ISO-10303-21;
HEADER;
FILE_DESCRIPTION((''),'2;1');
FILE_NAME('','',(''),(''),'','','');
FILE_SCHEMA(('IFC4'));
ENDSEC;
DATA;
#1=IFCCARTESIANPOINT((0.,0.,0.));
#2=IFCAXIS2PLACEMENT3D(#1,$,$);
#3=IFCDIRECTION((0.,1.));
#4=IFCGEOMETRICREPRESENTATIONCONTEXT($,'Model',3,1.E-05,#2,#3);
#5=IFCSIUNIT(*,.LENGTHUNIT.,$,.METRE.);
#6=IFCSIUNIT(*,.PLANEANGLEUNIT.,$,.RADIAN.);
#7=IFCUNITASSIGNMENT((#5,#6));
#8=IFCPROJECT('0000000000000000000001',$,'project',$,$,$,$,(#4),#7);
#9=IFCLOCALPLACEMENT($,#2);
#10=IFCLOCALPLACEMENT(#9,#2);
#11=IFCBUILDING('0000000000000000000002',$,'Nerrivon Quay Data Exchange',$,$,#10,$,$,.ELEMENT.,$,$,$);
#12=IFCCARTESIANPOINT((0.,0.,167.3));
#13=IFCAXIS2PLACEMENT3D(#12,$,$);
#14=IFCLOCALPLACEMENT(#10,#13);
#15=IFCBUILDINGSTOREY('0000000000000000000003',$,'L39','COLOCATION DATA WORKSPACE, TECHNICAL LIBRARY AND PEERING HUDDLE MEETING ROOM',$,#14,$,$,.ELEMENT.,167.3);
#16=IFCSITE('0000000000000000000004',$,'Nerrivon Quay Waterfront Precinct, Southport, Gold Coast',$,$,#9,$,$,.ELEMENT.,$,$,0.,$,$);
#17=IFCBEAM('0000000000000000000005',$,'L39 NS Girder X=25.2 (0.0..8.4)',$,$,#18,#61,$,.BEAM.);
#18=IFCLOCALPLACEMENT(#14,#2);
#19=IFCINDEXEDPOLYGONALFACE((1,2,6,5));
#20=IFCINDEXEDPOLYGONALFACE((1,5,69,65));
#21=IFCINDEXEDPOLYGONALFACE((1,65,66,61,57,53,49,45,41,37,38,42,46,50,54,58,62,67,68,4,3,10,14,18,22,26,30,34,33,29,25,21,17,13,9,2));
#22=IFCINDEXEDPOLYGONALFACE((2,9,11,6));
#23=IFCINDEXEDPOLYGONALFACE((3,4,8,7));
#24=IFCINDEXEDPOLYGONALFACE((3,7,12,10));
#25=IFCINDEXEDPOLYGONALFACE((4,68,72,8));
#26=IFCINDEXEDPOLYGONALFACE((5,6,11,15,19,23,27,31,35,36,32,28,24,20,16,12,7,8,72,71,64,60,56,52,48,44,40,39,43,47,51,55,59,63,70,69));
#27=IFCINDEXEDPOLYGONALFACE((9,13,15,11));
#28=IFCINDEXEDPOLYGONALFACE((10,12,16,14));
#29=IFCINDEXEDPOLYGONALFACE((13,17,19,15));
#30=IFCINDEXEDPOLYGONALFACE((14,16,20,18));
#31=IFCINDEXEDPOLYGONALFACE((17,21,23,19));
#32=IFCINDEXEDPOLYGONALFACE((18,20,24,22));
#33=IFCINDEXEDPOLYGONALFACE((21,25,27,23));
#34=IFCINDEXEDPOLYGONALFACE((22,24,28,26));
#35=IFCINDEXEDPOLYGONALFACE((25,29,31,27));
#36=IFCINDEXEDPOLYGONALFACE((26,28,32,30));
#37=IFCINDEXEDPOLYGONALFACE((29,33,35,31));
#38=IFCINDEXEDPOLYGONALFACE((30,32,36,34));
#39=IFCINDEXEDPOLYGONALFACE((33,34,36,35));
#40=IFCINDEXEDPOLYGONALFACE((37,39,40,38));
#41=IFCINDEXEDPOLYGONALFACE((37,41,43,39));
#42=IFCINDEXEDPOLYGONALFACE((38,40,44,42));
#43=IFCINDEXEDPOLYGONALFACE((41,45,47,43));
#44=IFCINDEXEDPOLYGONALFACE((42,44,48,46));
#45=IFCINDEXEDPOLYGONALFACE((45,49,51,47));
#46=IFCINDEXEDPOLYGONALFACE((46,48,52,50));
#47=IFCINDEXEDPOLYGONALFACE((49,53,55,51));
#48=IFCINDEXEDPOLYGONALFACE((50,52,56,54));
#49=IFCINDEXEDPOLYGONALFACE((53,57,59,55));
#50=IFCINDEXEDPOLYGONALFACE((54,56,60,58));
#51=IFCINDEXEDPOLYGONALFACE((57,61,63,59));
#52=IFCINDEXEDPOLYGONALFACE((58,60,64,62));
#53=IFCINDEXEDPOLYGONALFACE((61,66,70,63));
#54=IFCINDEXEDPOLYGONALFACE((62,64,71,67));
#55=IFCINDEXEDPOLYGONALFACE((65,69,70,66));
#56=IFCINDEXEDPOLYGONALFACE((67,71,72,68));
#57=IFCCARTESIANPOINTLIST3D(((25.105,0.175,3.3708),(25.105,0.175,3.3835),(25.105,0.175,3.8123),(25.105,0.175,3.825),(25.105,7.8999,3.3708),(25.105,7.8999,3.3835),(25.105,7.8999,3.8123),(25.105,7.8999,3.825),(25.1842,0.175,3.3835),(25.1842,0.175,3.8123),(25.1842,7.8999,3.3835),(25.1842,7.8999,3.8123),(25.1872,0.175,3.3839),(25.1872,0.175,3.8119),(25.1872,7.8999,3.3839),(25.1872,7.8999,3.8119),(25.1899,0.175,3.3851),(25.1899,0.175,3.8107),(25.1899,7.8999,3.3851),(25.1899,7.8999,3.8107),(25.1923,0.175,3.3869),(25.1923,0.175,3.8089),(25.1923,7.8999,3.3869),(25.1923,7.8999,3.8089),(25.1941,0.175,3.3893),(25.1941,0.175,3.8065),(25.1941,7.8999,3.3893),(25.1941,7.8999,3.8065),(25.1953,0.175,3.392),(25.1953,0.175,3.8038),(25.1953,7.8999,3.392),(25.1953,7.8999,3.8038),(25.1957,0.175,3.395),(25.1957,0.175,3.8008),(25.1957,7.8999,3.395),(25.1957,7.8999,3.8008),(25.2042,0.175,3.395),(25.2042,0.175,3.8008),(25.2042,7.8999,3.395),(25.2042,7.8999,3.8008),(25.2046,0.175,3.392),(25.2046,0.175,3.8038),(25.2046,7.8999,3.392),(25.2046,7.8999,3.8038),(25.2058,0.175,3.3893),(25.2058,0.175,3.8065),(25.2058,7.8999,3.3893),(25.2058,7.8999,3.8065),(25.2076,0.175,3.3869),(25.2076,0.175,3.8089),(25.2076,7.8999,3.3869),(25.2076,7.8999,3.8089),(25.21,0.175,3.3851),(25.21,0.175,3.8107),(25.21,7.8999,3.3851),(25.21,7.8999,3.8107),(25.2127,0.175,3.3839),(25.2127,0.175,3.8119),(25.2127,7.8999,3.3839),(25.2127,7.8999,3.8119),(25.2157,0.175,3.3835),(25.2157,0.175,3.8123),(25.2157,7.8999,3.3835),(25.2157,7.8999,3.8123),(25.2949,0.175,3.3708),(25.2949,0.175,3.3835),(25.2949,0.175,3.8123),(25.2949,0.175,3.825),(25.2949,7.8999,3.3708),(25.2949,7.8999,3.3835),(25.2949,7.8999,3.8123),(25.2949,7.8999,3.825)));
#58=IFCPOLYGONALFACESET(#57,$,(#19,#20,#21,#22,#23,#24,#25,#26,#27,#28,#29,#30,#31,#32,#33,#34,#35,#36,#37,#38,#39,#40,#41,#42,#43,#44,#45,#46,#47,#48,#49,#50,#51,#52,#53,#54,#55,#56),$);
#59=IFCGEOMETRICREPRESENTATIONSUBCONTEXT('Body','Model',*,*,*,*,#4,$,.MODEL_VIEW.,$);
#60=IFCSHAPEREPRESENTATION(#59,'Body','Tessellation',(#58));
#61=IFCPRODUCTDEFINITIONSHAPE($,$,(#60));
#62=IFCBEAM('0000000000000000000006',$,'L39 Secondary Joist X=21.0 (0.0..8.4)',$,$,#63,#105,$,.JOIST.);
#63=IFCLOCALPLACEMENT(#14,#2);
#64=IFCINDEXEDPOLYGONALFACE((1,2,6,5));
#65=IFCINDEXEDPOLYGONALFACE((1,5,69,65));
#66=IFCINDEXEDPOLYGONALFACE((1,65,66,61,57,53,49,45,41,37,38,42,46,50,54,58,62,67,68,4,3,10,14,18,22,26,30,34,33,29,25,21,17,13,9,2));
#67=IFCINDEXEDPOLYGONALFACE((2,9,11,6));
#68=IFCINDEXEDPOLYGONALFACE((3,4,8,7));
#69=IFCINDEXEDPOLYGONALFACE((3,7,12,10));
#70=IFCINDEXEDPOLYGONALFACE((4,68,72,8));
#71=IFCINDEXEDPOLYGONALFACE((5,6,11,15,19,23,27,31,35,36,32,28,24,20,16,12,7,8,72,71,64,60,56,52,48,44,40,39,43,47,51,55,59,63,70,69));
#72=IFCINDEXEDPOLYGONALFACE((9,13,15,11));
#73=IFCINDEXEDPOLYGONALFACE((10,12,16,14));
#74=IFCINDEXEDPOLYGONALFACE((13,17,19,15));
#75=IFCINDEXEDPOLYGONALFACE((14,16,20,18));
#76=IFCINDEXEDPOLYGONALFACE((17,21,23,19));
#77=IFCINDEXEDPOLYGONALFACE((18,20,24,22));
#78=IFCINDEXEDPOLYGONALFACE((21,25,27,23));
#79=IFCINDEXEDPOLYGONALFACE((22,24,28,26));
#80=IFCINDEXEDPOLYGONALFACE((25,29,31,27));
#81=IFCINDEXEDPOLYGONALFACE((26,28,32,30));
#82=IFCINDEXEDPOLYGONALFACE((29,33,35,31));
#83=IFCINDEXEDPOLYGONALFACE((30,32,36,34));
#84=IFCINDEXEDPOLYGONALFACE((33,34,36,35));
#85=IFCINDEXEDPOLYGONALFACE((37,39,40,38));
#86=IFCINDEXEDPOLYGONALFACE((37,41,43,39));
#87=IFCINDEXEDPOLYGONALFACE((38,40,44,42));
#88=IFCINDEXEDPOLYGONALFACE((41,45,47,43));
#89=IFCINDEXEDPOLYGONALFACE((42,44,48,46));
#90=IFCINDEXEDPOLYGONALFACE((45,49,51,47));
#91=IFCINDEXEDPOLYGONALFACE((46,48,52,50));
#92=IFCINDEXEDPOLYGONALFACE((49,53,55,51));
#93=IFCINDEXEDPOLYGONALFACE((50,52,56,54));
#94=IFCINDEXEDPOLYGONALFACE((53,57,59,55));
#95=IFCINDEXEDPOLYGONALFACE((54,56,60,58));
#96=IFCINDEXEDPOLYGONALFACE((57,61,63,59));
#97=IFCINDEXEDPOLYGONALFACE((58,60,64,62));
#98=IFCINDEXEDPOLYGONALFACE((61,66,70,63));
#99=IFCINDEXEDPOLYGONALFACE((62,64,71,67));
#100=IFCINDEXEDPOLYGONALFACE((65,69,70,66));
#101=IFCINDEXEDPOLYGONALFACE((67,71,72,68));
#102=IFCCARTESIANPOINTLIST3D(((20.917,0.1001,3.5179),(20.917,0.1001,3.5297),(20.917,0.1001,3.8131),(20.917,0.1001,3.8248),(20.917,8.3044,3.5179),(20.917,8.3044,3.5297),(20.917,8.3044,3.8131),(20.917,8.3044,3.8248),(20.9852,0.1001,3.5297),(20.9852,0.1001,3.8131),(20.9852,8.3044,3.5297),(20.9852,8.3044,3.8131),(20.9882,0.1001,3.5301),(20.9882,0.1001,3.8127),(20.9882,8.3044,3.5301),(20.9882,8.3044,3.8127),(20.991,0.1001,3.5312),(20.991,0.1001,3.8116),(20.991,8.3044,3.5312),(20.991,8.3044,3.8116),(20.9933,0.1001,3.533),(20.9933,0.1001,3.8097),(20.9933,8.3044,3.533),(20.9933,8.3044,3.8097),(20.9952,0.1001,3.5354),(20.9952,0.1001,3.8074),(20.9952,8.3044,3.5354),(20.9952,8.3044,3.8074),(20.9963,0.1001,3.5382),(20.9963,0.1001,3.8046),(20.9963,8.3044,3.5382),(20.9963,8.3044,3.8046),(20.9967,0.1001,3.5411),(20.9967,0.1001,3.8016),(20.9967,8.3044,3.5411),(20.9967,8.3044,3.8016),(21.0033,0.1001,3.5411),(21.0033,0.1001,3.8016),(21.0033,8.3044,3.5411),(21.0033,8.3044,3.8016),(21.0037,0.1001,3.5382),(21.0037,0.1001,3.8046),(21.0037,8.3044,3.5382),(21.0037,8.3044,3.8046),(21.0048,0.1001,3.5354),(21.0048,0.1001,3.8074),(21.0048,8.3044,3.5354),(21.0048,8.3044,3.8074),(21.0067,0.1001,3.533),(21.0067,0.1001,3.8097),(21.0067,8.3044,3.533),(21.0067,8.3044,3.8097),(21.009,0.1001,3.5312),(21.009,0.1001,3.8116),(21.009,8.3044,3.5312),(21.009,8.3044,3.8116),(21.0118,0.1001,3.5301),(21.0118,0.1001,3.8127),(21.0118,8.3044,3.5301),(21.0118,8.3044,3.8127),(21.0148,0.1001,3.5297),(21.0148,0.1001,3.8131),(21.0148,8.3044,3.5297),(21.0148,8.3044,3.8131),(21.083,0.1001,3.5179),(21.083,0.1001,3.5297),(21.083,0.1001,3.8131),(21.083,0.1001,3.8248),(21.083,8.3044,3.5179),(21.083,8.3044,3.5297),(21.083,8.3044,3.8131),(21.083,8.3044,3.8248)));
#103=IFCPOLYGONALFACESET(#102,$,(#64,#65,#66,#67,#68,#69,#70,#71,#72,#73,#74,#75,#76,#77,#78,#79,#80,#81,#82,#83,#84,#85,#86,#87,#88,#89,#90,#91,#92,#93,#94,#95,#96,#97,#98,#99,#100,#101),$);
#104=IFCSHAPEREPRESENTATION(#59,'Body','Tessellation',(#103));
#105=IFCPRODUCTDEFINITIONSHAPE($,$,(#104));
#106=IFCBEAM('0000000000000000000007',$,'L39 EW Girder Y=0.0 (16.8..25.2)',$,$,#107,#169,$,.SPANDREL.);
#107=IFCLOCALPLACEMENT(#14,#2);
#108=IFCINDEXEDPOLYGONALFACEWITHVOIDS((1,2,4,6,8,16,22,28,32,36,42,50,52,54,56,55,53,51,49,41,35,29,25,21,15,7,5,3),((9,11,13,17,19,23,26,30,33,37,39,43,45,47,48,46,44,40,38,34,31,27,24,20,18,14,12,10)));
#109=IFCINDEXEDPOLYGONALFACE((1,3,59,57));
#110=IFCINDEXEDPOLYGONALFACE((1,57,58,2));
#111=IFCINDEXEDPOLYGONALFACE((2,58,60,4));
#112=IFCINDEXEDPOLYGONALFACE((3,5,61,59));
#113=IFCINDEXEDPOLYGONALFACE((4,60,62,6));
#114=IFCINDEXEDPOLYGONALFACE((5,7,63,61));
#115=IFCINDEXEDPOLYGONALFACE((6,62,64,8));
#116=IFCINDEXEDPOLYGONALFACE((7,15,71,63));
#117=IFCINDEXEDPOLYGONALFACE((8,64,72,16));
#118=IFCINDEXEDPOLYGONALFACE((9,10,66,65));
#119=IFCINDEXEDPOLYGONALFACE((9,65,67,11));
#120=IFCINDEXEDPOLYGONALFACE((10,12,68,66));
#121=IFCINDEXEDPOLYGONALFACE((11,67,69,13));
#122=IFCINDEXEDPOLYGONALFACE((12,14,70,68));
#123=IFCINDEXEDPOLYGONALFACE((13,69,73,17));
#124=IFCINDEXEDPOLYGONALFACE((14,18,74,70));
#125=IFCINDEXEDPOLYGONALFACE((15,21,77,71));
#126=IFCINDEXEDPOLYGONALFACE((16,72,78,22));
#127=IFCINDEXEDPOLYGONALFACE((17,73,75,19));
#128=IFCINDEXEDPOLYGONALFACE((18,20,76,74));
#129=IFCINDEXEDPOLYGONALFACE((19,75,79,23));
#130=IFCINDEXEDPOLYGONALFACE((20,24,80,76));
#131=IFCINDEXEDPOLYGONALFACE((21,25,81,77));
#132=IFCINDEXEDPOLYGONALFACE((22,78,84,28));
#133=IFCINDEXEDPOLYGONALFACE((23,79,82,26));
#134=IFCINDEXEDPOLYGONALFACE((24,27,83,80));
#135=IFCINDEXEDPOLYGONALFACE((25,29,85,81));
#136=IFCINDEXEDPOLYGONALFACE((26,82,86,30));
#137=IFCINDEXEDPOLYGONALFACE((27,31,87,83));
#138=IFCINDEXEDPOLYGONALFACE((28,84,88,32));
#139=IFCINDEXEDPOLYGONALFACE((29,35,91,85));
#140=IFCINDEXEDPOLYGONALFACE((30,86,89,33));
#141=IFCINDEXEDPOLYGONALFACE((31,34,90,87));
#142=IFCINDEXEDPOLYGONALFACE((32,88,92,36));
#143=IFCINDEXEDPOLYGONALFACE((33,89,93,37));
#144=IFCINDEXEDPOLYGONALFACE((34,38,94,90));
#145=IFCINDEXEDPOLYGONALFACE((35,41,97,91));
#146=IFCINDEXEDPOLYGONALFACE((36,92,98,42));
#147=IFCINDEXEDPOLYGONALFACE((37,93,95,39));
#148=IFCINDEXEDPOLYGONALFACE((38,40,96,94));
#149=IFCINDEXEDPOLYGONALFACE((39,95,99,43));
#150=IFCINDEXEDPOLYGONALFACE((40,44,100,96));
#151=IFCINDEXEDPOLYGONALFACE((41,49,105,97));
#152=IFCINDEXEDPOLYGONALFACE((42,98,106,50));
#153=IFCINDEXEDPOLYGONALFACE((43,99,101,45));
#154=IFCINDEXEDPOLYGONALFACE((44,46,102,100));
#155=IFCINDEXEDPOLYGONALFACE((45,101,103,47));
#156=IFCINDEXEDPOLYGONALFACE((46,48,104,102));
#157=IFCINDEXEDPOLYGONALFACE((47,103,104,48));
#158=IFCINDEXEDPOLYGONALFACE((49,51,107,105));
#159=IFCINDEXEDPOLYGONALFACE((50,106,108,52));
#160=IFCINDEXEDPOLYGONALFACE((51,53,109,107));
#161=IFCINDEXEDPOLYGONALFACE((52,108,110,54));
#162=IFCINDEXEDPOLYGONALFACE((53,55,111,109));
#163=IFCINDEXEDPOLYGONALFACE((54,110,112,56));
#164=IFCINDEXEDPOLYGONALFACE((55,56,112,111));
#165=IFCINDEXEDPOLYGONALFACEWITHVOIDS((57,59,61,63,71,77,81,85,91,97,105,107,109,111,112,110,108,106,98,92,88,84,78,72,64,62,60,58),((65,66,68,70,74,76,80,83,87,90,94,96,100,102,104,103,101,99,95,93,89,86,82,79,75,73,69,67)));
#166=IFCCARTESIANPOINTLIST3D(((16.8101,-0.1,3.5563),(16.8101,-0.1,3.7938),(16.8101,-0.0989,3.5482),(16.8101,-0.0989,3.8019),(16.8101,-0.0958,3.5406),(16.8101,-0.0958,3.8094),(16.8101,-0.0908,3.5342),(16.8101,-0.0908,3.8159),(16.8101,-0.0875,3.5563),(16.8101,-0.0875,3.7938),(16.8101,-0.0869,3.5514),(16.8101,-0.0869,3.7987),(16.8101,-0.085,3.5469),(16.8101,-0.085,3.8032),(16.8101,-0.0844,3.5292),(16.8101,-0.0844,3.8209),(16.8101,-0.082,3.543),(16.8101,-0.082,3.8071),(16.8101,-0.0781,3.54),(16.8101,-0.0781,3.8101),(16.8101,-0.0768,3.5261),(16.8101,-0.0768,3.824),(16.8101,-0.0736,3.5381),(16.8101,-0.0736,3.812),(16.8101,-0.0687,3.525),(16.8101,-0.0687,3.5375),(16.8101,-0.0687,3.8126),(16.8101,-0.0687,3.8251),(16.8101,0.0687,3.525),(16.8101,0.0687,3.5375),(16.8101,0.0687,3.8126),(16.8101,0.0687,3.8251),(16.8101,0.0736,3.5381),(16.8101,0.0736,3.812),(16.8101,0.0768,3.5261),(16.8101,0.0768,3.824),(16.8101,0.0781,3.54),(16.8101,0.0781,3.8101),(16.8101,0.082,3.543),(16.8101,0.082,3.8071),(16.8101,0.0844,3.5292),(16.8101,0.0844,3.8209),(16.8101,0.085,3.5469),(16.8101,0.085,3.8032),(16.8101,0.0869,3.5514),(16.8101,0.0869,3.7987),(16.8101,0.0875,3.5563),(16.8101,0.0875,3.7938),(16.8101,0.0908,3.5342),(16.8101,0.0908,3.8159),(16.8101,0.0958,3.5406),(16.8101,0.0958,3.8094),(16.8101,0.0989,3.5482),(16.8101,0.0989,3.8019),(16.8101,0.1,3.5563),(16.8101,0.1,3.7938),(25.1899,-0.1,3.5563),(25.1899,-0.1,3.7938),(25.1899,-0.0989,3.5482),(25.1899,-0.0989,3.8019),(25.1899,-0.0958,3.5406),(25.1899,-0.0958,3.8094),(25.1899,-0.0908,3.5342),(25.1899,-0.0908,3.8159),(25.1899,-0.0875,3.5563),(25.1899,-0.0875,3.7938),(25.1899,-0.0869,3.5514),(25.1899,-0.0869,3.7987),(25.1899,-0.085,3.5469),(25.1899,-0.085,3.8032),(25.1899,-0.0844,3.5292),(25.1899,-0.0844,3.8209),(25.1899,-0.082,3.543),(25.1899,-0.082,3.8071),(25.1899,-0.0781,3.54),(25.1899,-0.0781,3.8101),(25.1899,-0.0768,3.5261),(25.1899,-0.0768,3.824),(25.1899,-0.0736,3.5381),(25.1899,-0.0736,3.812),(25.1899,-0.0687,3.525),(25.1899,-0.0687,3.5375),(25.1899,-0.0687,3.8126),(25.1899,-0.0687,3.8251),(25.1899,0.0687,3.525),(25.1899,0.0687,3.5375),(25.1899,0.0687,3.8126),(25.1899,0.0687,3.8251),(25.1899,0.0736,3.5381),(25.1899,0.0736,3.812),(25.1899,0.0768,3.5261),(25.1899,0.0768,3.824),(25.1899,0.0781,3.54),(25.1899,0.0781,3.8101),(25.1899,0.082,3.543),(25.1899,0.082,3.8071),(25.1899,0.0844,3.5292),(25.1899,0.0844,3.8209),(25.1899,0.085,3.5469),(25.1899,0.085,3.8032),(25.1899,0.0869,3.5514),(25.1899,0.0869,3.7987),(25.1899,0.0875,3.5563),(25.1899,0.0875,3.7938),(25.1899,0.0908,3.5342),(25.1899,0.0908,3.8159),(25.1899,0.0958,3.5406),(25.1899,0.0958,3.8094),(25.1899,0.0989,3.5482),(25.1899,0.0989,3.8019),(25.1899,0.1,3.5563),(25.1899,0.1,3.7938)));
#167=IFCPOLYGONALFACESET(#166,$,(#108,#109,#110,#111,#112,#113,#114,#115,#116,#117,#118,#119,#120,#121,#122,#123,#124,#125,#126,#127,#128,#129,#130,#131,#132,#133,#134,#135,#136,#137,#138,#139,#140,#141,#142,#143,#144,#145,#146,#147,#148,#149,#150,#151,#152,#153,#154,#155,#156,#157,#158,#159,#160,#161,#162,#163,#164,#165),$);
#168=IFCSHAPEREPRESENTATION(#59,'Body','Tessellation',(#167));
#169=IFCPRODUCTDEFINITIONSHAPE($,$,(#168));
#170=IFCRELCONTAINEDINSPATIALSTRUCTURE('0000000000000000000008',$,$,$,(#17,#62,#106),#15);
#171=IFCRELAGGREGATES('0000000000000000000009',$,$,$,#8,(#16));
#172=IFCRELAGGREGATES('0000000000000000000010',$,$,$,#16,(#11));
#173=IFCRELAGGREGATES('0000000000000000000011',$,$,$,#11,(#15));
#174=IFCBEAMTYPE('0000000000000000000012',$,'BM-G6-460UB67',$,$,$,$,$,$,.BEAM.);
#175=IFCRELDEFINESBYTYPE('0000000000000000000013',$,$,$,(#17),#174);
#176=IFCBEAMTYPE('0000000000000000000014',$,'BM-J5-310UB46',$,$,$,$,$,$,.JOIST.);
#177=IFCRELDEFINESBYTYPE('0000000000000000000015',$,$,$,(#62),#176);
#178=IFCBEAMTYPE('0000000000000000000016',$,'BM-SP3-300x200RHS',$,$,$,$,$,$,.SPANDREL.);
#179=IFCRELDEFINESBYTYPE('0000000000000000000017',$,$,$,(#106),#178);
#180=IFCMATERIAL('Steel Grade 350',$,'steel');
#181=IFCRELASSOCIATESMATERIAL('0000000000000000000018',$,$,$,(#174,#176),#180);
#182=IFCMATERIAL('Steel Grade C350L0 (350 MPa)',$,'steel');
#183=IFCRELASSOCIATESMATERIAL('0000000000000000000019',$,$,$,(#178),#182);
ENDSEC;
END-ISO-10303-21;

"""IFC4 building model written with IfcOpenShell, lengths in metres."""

from ifc_helpers import new_model, si_unit, direction, frame, origin, origin_2d, place, context, subcontext, project, spatial, hollow_rectangle, i_section, extrude, material, material_profile, profile_set, type_object, element, save


model = new_model("IFC4")

# Units and contexts
model_context = context("Model", 3, precision=1e-05, world=origin(), true_north=direction((0.0, 1.0)))
body_context = subcontext(model_context, "Body", "Model", "MODEL_VIEW")
ifc_project = project(units=[si_unit("LENGTHUNIT", "METRE"), si_unit("PLANEANGLEUNIT", "RADIAN")], contexts=[model_context])

# Site, building, storey
site_placement = place(None, origin())
site = spatial("IfcSite", under=ifc_project, at=site_placement, Name="Nerrivon Quay Waterfront Precinct, Southport, Gold Coast", CompositionType="ELEMENT", RefElevation=0.0)
building_placement = place(site_placement, origin())
building = spatial("IfcBuilding", under=site, at=building_placement, Name="Nerrivon Quay Data Exchange", CompositionType="ELEMENT")
storey_placement = place(building_placement, frame((0.0, 0.0, 167.3)))
storey = spatial("IfcBuildingStorey", under=building, at=storey_placement, Name="L39", Description="COLOCATION DATA WORKSPACE, TECHNICAL LIBRARY AND PEERING HUDDLE MEETING ROOM", CompositionType="ELEMENT", Elevation=167.3)

# Shared definitions
ifc_material_1 = material(Name="Steel Grade 350", Category="steel")

# Beams
ifc_material_profile_1 = material_profile(ifc_material_1, i_section(OverallWidth=0.1899, OverallDepth=0.4541, WebThickness=0.0085, FlangeThickness=0.0127, FilletRadius=0.0115, at=origin_2d()), Name="460UB67.1")
ifc_profile_set_1 = profile_set([ifc_material_profile_1], Name="Steel Grade 350")
beam_type_1 = type_object("IfcBeamType", Name="BM-G6-460UB67", PredefinedType="BEAM", material=ifc_profile_set_1)
beam_1_placement = place(storey_placement, frame((25.2, 0.175, 3.5979), z_axis=(0.0, 1.0, 0.0), x_axis=(-1.0, 0.0, 0.0)))
element("IfcBeam", 1, at=beam_1_placement, inside=storey, type_object=beam_type_1, Name="L39 NS Girder X=25.2 (0.0..8.4)", PredefinedType="BEAM", context=body_context, shape_type="SweptSolid", body=[
    extrude(i_section(OverallWidth=0.1899, OverallDepth=0.4541, WebThickness=0.0085, FlangeThickness=0.0127, FilletRadius=0.0115, at=origin_2d()), origin(), (0.0, 0.0, 1.0), 7.7249),
])
ifc_material_profile_2 = material_profile(ifc_material_1, i_section(OverallWidth=0.166, OverallDepth=0.3069, WebThickness=0.0066, FlangeThickness=0.0117, FilletRadius=0.0115, at=origin_2d()), Name="310UB46.2")
ifc_profile_set_2 = profile_set([ifc_material_profile_2], Name="Steel Grade 350")
beam_type_2 = type_object("IfcBeamType", Name="BM-J5-310UB46", PredefinedType="JOIST", material=ifc_profile_set_2)
beam_2_placement = place(storey_placement, frame((21.0, 0.1001, 3.6714), z_axis=(0.0, 1.0, 0.0), x_axis=(-1.0, 0.0, 0.0)))
element("IfcBeam", 2, at=beam_2_placement, inside=storey, type_object=beam_type_2, Name="L39 Secondary Joist X=21.0 (0.0..8.4)", PredefinedType="JOIST", context=body_context, shape_type="SweptSolid", body=[
    extrude(i_section(OverallWidth=0.166, OverallDepth=0.3069, WebThickness=0.0066, FlangeThickness=0.0117, FilletRadius=0.0115, at=origin_2d()), origin(), (0.0, 0.0, 1.0), 8.2043),
])
ifc_material_2 = material(Name="Steel Grade C350L0 (350 MPa)", Category="steel")
ifc_material_profile_3 = material_profile(ifc_material_2, hollow_rectangle(XDim=0.2, YDim=0.3, WallThickness=0.0125, InnerFilletRadius=0.0188, OuterFilletRadius=0.0312, at=origin_2d()), Name="300x200x12.5RHS")
ifc_profile_set_3 = profile_set([ifc_material_profile_3], Name="Steel Grade C350L0 (350 MPa)")
beam_type_3 = type_object("IfcBeamType", Name="BM-SP3-300x200RHS", PredefinedType="SPANDREL", material=ifc_profile_set_3)
beam_3_placement = place(storey_placement, frame((16.8101, 0.0, 3.675), z_axis=(1.0, 0.0, 0.0), x_axis=(0.0, 1.0, 0.0)))
element("IfcBeam", 3, at=beam_3_placement, inside=storey, type_object=beam_type_3, Name="L39 EW Girder Y=0.0 (16.8..25.2)", PredefinedType="SPANDREL", context=body_context, shape_type="SweptSolid", body=[
    extrude(hollow_rectangle(XDim=0.2, YDim=0.3, WallThickness=0.0125, InnerFilletRadius=0.0188, OuterFilletRadius=0.0312, at=origin_2d()), origin(), (0.0, 0.0, 1.0), 8.3799),
])

save(model, "model.ifc")
